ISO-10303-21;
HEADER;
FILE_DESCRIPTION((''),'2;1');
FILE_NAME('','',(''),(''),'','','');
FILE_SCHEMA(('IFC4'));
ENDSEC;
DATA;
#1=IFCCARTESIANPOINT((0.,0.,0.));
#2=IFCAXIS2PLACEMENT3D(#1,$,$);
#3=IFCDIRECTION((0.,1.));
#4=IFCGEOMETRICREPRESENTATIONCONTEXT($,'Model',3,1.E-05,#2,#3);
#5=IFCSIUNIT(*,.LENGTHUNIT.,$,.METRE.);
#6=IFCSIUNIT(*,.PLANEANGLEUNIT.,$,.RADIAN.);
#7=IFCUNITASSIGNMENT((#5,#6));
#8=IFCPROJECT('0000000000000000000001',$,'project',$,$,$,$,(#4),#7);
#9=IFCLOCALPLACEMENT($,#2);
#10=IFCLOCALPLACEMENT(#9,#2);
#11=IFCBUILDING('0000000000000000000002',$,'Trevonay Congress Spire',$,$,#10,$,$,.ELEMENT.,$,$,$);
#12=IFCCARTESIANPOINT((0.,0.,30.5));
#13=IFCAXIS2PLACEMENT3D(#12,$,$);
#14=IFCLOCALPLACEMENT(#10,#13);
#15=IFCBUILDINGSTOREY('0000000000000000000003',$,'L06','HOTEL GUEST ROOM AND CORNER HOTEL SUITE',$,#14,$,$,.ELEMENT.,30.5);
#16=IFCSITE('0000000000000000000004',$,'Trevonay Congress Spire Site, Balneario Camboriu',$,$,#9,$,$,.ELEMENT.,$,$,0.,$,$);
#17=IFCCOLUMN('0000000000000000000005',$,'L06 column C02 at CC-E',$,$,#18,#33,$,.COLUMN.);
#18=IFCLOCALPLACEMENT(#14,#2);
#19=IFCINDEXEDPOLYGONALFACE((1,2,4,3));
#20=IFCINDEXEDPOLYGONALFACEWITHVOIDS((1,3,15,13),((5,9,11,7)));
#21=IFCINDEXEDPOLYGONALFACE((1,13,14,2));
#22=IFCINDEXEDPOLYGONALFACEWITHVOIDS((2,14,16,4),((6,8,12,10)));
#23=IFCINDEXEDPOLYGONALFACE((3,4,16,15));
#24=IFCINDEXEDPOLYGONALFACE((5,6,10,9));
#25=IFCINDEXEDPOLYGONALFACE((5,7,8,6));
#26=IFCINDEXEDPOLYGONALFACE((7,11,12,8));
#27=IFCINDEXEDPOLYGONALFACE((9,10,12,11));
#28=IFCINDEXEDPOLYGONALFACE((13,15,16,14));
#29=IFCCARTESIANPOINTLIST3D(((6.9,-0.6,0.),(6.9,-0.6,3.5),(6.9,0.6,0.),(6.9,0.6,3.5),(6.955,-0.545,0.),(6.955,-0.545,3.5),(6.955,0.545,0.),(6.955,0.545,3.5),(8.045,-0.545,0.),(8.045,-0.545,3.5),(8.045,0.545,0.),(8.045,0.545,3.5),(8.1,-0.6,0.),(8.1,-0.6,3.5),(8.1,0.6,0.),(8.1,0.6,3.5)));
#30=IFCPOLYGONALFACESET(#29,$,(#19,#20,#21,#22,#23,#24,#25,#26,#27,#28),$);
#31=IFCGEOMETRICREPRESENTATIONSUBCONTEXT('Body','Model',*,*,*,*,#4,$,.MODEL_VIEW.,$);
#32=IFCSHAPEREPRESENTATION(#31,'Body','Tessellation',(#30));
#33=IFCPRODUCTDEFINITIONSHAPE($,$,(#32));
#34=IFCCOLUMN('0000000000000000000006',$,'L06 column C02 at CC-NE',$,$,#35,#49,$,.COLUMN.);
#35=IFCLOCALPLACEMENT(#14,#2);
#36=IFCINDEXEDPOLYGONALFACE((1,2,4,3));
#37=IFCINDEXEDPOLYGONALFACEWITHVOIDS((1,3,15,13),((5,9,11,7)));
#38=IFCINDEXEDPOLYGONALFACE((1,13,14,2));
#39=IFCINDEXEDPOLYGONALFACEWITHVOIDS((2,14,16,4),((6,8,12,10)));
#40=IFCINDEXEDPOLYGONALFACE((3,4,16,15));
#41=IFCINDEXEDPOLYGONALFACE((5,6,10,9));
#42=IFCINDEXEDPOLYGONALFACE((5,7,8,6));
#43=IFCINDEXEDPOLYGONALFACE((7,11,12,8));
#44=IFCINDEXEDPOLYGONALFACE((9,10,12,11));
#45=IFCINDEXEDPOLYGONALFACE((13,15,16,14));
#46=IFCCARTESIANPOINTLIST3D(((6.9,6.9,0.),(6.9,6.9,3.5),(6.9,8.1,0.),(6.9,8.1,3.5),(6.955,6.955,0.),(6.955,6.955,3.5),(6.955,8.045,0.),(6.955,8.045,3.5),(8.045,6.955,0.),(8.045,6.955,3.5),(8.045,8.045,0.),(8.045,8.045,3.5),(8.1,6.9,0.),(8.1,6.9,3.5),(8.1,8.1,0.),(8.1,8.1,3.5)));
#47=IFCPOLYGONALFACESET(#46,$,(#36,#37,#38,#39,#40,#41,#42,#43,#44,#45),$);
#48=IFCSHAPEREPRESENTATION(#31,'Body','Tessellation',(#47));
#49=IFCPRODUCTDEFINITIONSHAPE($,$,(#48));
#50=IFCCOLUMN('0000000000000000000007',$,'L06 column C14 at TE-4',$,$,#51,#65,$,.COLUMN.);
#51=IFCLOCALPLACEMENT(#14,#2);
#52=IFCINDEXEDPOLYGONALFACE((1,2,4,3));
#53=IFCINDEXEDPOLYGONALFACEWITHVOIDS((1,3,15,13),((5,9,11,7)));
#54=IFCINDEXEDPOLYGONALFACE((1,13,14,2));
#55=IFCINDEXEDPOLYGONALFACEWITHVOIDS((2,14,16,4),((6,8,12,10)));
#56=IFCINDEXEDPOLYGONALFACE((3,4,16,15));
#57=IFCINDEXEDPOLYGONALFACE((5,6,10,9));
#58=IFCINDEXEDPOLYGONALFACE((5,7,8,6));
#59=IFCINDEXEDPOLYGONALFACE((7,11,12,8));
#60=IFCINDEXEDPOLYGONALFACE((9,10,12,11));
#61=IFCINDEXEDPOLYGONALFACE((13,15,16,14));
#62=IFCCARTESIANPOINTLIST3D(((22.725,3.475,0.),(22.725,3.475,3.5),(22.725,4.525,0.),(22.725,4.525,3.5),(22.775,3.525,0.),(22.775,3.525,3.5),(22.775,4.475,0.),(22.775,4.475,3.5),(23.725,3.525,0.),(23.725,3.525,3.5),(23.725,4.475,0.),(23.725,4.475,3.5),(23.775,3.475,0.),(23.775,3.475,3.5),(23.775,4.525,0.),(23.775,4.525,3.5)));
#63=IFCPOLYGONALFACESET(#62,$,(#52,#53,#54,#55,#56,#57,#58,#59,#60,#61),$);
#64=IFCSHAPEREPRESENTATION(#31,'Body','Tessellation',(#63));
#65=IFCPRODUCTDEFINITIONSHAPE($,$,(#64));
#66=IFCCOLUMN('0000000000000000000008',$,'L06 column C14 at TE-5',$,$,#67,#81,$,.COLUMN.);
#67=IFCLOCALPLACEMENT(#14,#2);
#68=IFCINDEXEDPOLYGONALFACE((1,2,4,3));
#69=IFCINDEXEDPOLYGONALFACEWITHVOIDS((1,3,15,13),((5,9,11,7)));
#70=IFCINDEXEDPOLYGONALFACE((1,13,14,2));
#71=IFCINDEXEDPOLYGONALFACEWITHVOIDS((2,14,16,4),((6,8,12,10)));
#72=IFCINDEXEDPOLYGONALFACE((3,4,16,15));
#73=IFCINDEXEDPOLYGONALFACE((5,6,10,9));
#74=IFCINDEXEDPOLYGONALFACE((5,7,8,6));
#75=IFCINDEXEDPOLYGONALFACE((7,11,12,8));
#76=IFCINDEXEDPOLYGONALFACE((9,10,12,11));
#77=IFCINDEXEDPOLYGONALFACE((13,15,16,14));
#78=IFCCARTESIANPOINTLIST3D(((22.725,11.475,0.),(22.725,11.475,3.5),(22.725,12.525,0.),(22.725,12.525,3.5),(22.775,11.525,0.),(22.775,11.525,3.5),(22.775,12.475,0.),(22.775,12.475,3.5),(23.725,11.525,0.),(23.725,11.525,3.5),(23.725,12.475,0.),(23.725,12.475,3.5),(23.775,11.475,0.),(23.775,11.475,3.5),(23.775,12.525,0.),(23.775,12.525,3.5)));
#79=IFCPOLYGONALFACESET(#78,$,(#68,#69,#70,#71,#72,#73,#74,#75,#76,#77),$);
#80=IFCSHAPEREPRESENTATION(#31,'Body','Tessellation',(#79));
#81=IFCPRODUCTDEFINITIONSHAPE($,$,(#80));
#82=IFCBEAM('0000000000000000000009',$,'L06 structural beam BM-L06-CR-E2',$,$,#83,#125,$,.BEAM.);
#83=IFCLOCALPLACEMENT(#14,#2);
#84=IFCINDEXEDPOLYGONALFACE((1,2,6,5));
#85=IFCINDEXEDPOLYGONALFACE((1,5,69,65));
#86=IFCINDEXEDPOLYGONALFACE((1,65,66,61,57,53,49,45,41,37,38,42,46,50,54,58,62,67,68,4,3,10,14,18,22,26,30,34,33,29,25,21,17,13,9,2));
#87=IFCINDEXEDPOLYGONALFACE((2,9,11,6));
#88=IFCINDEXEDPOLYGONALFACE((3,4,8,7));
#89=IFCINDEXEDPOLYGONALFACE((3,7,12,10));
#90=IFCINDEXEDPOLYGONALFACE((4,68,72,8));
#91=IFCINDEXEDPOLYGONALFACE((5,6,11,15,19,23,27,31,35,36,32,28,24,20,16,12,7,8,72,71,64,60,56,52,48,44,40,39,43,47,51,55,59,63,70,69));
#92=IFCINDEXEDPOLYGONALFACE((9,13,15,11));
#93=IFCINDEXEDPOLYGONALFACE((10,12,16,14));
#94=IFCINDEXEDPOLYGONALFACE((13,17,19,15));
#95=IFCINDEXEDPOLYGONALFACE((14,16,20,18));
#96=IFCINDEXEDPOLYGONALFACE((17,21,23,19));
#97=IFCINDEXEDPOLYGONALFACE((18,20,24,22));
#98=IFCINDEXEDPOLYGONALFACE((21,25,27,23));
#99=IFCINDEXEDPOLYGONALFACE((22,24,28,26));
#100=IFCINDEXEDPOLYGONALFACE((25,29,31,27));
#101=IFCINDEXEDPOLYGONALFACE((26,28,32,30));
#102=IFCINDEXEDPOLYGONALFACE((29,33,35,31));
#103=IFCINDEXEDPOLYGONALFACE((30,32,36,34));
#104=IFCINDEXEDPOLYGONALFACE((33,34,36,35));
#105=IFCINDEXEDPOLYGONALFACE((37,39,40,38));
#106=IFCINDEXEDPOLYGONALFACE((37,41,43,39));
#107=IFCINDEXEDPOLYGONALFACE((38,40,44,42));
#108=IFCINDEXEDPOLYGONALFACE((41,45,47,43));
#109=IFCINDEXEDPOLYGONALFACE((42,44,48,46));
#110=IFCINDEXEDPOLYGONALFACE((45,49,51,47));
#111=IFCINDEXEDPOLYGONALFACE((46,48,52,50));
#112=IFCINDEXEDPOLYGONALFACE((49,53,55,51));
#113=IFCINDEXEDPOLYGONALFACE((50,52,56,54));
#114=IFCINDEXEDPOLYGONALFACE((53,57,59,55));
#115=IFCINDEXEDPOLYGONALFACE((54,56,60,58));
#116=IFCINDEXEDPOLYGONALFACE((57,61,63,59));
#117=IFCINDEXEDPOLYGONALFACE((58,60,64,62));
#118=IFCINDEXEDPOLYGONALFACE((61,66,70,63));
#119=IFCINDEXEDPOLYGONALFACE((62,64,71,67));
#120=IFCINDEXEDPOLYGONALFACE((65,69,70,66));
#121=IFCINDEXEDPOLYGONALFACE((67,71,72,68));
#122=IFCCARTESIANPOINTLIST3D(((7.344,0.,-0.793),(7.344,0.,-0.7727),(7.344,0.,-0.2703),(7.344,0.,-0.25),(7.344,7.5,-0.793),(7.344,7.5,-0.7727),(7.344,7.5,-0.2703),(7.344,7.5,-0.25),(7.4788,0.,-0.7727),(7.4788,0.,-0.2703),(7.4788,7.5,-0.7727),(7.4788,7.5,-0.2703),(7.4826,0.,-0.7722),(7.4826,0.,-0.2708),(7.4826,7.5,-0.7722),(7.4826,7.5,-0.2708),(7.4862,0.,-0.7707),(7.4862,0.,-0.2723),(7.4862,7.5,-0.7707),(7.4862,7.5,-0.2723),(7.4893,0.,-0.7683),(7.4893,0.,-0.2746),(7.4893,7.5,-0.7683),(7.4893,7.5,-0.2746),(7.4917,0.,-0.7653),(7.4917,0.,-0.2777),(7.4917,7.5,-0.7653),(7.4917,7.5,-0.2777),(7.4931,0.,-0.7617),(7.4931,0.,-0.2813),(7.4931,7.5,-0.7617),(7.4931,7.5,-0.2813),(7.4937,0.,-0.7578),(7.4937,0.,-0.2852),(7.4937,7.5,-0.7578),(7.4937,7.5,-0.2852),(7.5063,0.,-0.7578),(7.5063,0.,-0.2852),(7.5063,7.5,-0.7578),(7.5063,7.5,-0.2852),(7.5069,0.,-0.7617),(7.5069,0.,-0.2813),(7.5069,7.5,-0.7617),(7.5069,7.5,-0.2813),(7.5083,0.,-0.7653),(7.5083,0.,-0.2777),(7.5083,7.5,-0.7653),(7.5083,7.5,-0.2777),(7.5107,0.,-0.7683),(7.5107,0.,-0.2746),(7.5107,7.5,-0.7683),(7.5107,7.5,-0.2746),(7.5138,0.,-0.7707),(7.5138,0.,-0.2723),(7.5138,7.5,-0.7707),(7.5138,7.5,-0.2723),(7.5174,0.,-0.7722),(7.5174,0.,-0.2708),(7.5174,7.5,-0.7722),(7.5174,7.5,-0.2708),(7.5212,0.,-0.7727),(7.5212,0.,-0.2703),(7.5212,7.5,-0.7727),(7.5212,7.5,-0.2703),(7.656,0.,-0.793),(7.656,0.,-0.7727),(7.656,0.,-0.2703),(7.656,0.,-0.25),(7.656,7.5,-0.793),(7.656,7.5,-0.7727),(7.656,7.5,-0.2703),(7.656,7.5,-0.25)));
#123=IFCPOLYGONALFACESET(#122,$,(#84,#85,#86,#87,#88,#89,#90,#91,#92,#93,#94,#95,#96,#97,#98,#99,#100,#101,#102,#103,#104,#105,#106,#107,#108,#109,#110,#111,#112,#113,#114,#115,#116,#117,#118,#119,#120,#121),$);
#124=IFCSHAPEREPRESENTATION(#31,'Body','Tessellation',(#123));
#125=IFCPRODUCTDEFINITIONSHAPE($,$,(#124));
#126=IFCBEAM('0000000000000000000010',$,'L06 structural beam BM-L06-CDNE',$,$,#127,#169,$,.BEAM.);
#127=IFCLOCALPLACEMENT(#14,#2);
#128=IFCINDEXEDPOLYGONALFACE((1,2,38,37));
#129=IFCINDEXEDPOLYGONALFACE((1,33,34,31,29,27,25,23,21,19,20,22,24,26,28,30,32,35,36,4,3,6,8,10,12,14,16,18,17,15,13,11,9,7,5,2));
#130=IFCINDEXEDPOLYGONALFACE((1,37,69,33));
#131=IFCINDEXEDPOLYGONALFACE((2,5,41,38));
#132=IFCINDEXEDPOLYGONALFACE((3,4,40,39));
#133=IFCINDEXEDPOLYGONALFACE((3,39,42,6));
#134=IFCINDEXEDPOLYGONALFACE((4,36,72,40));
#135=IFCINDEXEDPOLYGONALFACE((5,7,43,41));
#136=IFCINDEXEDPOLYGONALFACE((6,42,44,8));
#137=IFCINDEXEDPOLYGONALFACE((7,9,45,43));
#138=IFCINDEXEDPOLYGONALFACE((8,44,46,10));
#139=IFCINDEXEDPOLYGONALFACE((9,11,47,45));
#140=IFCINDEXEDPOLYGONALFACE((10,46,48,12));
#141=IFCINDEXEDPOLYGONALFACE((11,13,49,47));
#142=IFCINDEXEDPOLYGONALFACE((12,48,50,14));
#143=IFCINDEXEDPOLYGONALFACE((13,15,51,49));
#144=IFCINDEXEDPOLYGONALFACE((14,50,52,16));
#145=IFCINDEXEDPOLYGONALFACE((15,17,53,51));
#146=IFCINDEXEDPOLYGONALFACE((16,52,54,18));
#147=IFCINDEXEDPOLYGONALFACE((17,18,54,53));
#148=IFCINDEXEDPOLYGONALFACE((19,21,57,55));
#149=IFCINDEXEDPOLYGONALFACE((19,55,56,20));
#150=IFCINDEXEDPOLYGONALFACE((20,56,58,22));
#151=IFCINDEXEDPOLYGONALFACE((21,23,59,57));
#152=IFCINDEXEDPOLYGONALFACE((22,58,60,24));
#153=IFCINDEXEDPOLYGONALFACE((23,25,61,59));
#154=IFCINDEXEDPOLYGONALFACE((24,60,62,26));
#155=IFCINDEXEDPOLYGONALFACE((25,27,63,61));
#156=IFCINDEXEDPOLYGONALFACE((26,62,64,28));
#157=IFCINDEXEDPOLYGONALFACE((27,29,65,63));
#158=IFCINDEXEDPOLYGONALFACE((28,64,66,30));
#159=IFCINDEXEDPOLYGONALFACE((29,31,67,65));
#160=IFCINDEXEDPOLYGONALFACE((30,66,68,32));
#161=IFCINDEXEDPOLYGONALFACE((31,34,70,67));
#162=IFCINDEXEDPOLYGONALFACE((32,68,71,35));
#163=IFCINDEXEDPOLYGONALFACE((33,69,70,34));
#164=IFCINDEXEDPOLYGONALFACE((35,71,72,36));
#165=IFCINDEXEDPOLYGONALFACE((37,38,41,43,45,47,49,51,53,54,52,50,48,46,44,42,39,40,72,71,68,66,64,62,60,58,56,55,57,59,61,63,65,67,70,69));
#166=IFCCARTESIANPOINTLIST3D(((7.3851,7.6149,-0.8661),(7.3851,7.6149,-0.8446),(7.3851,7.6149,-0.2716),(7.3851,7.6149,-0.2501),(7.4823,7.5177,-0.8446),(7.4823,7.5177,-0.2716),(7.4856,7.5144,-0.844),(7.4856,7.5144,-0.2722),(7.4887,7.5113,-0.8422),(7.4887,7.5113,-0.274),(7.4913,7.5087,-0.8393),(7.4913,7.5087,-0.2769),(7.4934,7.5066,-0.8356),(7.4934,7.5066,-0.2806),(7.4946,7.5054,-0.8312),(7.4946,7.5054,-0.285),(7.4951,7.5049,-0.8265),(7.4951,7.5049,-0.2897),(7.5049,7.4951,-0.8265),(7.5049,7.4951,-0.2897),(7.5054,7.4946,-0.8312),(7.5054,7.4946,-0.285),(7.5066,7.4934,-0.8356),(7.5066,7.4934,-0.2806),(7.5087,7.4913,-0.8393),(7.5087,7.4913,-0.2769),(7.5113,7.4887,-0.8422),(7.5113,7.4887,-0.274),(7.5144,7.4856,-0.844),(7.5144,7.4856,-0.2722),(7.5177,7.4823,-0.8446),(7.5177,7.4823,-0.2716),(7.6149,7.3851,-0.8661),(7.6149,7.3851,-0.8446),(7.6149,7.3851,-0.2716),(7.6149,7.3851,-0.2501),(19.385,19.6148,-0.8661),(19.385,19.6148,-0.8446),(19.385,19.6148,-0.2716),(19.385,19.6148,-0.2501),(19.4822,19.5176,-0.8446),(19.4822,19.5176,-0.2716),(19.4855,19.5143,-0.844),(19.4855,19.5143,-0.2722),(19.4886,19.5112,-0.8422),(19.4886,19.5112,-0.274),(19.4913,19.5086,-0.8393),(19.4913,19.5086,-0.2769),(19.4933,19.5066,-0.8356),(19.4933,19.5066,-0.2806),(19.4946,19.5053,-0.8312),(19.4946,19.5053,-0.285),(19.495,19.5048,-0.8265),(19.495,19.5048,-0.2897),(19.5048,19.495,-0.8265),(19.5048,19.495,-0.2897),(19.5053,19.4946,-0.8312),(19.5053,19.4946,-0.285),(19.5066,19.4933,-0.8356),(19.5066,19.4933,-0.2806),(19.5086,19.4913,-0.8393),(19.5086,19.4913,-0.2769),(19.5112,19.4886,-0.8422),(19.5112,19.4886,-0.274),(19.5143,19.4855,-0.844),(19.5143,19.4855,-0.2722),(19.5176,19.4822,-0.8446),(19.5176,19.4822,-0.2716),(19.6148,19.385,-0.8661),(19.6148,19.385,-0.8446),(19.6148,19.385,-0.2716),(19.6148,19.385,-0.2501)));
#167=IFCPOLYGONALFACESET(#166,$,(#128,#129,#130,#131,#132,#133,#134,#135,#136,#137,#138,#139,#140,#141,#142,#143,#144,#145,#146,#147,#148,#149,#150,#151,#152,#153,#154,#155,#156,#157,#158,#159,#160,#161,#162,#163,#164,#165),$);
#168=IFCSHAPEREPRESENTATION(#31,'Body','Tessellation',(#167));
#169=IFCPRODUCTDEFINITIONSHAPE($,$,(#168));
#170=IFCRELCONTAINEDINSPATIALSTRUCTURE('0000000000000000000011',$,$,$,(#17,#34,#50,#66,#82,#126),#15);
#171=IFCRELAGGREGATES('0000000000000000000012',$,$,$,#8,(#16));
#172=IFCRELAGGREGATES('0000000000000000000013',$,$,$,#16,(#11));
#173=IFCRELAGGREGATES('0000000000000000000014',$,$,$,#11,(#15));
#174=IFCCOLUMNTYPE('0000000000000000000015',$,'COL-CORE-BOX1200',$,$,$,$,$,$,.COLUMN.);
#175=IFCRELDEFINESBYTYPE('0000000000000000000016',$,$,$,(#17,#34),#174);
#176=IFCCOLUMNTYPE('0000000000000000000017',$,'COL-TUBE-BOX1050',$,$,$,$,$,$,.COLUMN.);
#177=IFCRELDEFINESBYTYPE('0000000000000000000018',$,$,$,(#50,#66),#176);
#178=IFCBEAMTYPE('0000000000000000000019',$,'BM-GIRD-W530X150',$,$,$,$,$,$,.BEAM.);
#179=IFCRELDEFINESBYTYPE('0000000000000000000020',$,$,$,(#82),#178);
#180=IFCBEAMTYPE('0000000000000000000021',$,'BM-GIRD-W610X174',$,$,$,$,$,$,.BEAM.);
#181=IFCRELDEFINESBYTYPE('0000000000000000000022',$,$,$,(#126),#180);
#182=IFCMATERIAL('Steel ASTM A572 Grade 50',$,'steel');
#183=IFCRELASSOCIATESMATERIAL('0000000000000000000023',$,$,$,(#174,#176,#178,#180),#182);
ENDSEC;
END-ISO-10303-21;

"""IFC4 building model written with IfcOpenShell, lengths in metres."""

from ifc_helpers import new_model, si_unit, direction, frame, origin, origin_2d, place, context, subcontext, project, spatial, hollow_rectangle, i_section, extrude, material, material_profile, profile_set, type_object, element, save


model = new_model("IFC4")

# Units and contexts
model_context = context("Model", 3, precision=1e-05, world=origin(), true_north=direction((0.0, 1.0)))
body_context = subcontext(model_context, "Body", "Model", "MODEL_VIEW")
ifc_project = project(units=[si_unit("LENGTHUNIT", "METRE"), si_unit("PLANEANGLEUNIT", "RADIAN")], contexts=[model_context])

# Site, building, storey
site_placement = place(None, origin())
site = spatial("IfcSite", under=ifc_project, at=site_placement, Name="Trevonay Congress Spire Site, Balneario Camboriu", CompositionType="ELEMENT", RefElevation=0.0)
building_placement = place(site_placement, origin())
building = spatial("IfcBuilding", under=site, at=building_placement, Name="Trevonay Congress Spire", CompositionType="ELEMENT")
storey_placement = place(building_placement, frame((0.0, 0.0, 30.5)))
storey = spatial("IfcBuildingStorey", under=building, at=storey_placement, Name="L06", Description="HOTEL GUEST ROOM AND CORNER HOTEL SUITE", CompositionType="ELEMENT", Elevation=30.5)

# Columns
ifc_material_1 = material(Name="Steel ASTM A572 Grade 50", Category="steel")
ifc_material_profile_1 = material_profile(ifc_material_1, hollow_rectangle(XDim=1.2, YDim=1.2, WallThickness=0.0549, at=origin_2d()), Name="BOX 1200x1200x55")
ifc_profile_set_1 = profile_set([ifc_material_profile_1], Name="Steel ASTM A572 Grade 50")
column_type_1 = type_object("IfcColumnType", Name="COL-CORE-BOX1200", PredefinedType="COLUMN", material=ifc_profile_set_1)
for number, where, z_axis, x_axis, name in (
    (1, (7.5, 0.0, 0.0), (0.0, 0.0, 1.0), (1.0, 0.0, 0.0), "L06 column C02 at CC-E"),
    (2, (7.5, 7.5, 0.0), (0.0, 0.0, 1.0), (1.0, 0.0, 0.0), "L06 column C02 at CC-NE"),
):
    element("IfcColumn", number, at=place(storey_placement, frame(where, z_axis=z_axis, x_axis=x_axis)), inside=storey, type_object=column_type_1, Name=name, PredefinedType="COLUMN", context=body_context, shape_type="SweptSolid", body=[
        extrude(hollow_rectangle(XDim=1.2, YDim=1.2, WallThickness=0.0549, at=origin_2d()), origin(), (0.0, 0.0, 1.0), 3.5),
    ])
ifc_material_profile_2 = material_profile(ifc_material_1, hollow_rectangle(XDim=1.05, YDim=1.05, WallThickness=0.05, at=origin_2d()), Name="BOX 1050x1050x50")
ifc_profile_set_2 = profile_set([ifc_material_profile_2], Name="Steel ASTM A572 Grade 50")
column_type_2 = type_object("IfcColumnType", Name="COL-TUBE-BOX1050", PredefinedType="COLUMN", material=ifc_profile_set_2)
for number, where, z_axis, x_axis, name in (
    (3, (23.25, 4.0, 0.0), (0.0, 0.0, 1.0), (1.0, 0.0, 0.0), "L06 column C14 at TE-4"),
    (4, (23.25, 12.0, 0.0), (0.0, 0.0, 1.0), (1.0, 0.0, 0.0), "L06 column C14 at TE-5"),
):
    element("IfcColumn", number, at=place(storey_placement, frame(where, z_axis=z_axis, x_axis=x_axis)), inside=storey, type_object=column_type_2, Name=name, PredefinedType="COLUMN", context=body_context, shape_type="SweptSolid", body=[
        extrude(hollow_rectangle(XDim=1.05, YDim=1.05, WallThickness=0.05, at=origin_2d()), origin(), (0.0, 0.0, 1.0), 3.5),
    ])

# Beams
ifc_material_profile_3 = material_profile(ifc_material_1, i_section(OverallWidth=0.312, OverallDepth=0.543, WebThickness=0.0127, FlangeThickness=0.0203, FilletRadius=0.0149, at=origin_2d()), Name="W530x150")
ifc_profile_set_3 = profile_set([ifc_material_profile_3], Name="Steel ASTM A572 Grade 50")
beam_type_1 = type_object("IfcBeamType", Name="BM-GIRD-W530X150", PredefinedType="BEAM", material=ifc_profile_set_3)
beam_1_placement = place(storey_placement, frame((7.5, 0.0, -0.5215), z_axis=(0.0, 1.0, 0.0), x_axis=(-1.0, 0.0, 0.0)))
element("IfcBeam", 5, at=beam_1_placement, inside=storey, type_object=beam_type_1, Name="L06 structural beam BM-L06-CR-E2", PredefinedType="BEAM", context=body_context, shape_type="SweptSolid", body=[
    extrude(i_section(OverallWidth=0.312, OverallDepth=0.543, WebThickness=0.0127, FlangeThickness=0.0203, FilletRadius=0.0149, at=origin_2d()), origin(), (0.0, 0.0, 1.0), 7.5),
])
ifc_material_profile_4 = material_profile(ifc_material_1, i_section(OverallWidth=0.325, OverallDepth=0.616, WebThickness=0.0139, FlangeThickness=0.0215, FilletRadius=0.0181, at=origin_2d()), Name="W610x174")
ifc_profile_set_4 = profile_set([ifc_material_profile_4], Name="Steel ASTM A572 Grade 50")
beam_type_2 = type_object("IfcBeamType", Name="BM-GIRD-W610X174", PredefinedType="BEAM", material=ifc_profile_set_4)
beam_2_placement = place(storey_placement, frame((7.5, 7.5, -0.5581), z_axis=(0.707107, 0.707107, 0.0), x_axis=(-0.707107, 0.707107, 0.0)))
element("IfcBeam", 6, at=beam_2_placement, inside=storey, type_object=beam_type_2, Name="L06 structural beam BM-L06-CDNE", PredefinedType="BEAM", context=body_context, shape_type="SweptSolid", body=[
    extrude(i_section(OverallWidth=0.325, OverallDepth=0.616, WebThickness=0.0139, FlangeThickness=0.0215, FilletRadius=0.0181, at=origin_2d()), origin(), (0.0, 0.0, 1.0), 16.9705),
])

save(model, "model.ifc")
